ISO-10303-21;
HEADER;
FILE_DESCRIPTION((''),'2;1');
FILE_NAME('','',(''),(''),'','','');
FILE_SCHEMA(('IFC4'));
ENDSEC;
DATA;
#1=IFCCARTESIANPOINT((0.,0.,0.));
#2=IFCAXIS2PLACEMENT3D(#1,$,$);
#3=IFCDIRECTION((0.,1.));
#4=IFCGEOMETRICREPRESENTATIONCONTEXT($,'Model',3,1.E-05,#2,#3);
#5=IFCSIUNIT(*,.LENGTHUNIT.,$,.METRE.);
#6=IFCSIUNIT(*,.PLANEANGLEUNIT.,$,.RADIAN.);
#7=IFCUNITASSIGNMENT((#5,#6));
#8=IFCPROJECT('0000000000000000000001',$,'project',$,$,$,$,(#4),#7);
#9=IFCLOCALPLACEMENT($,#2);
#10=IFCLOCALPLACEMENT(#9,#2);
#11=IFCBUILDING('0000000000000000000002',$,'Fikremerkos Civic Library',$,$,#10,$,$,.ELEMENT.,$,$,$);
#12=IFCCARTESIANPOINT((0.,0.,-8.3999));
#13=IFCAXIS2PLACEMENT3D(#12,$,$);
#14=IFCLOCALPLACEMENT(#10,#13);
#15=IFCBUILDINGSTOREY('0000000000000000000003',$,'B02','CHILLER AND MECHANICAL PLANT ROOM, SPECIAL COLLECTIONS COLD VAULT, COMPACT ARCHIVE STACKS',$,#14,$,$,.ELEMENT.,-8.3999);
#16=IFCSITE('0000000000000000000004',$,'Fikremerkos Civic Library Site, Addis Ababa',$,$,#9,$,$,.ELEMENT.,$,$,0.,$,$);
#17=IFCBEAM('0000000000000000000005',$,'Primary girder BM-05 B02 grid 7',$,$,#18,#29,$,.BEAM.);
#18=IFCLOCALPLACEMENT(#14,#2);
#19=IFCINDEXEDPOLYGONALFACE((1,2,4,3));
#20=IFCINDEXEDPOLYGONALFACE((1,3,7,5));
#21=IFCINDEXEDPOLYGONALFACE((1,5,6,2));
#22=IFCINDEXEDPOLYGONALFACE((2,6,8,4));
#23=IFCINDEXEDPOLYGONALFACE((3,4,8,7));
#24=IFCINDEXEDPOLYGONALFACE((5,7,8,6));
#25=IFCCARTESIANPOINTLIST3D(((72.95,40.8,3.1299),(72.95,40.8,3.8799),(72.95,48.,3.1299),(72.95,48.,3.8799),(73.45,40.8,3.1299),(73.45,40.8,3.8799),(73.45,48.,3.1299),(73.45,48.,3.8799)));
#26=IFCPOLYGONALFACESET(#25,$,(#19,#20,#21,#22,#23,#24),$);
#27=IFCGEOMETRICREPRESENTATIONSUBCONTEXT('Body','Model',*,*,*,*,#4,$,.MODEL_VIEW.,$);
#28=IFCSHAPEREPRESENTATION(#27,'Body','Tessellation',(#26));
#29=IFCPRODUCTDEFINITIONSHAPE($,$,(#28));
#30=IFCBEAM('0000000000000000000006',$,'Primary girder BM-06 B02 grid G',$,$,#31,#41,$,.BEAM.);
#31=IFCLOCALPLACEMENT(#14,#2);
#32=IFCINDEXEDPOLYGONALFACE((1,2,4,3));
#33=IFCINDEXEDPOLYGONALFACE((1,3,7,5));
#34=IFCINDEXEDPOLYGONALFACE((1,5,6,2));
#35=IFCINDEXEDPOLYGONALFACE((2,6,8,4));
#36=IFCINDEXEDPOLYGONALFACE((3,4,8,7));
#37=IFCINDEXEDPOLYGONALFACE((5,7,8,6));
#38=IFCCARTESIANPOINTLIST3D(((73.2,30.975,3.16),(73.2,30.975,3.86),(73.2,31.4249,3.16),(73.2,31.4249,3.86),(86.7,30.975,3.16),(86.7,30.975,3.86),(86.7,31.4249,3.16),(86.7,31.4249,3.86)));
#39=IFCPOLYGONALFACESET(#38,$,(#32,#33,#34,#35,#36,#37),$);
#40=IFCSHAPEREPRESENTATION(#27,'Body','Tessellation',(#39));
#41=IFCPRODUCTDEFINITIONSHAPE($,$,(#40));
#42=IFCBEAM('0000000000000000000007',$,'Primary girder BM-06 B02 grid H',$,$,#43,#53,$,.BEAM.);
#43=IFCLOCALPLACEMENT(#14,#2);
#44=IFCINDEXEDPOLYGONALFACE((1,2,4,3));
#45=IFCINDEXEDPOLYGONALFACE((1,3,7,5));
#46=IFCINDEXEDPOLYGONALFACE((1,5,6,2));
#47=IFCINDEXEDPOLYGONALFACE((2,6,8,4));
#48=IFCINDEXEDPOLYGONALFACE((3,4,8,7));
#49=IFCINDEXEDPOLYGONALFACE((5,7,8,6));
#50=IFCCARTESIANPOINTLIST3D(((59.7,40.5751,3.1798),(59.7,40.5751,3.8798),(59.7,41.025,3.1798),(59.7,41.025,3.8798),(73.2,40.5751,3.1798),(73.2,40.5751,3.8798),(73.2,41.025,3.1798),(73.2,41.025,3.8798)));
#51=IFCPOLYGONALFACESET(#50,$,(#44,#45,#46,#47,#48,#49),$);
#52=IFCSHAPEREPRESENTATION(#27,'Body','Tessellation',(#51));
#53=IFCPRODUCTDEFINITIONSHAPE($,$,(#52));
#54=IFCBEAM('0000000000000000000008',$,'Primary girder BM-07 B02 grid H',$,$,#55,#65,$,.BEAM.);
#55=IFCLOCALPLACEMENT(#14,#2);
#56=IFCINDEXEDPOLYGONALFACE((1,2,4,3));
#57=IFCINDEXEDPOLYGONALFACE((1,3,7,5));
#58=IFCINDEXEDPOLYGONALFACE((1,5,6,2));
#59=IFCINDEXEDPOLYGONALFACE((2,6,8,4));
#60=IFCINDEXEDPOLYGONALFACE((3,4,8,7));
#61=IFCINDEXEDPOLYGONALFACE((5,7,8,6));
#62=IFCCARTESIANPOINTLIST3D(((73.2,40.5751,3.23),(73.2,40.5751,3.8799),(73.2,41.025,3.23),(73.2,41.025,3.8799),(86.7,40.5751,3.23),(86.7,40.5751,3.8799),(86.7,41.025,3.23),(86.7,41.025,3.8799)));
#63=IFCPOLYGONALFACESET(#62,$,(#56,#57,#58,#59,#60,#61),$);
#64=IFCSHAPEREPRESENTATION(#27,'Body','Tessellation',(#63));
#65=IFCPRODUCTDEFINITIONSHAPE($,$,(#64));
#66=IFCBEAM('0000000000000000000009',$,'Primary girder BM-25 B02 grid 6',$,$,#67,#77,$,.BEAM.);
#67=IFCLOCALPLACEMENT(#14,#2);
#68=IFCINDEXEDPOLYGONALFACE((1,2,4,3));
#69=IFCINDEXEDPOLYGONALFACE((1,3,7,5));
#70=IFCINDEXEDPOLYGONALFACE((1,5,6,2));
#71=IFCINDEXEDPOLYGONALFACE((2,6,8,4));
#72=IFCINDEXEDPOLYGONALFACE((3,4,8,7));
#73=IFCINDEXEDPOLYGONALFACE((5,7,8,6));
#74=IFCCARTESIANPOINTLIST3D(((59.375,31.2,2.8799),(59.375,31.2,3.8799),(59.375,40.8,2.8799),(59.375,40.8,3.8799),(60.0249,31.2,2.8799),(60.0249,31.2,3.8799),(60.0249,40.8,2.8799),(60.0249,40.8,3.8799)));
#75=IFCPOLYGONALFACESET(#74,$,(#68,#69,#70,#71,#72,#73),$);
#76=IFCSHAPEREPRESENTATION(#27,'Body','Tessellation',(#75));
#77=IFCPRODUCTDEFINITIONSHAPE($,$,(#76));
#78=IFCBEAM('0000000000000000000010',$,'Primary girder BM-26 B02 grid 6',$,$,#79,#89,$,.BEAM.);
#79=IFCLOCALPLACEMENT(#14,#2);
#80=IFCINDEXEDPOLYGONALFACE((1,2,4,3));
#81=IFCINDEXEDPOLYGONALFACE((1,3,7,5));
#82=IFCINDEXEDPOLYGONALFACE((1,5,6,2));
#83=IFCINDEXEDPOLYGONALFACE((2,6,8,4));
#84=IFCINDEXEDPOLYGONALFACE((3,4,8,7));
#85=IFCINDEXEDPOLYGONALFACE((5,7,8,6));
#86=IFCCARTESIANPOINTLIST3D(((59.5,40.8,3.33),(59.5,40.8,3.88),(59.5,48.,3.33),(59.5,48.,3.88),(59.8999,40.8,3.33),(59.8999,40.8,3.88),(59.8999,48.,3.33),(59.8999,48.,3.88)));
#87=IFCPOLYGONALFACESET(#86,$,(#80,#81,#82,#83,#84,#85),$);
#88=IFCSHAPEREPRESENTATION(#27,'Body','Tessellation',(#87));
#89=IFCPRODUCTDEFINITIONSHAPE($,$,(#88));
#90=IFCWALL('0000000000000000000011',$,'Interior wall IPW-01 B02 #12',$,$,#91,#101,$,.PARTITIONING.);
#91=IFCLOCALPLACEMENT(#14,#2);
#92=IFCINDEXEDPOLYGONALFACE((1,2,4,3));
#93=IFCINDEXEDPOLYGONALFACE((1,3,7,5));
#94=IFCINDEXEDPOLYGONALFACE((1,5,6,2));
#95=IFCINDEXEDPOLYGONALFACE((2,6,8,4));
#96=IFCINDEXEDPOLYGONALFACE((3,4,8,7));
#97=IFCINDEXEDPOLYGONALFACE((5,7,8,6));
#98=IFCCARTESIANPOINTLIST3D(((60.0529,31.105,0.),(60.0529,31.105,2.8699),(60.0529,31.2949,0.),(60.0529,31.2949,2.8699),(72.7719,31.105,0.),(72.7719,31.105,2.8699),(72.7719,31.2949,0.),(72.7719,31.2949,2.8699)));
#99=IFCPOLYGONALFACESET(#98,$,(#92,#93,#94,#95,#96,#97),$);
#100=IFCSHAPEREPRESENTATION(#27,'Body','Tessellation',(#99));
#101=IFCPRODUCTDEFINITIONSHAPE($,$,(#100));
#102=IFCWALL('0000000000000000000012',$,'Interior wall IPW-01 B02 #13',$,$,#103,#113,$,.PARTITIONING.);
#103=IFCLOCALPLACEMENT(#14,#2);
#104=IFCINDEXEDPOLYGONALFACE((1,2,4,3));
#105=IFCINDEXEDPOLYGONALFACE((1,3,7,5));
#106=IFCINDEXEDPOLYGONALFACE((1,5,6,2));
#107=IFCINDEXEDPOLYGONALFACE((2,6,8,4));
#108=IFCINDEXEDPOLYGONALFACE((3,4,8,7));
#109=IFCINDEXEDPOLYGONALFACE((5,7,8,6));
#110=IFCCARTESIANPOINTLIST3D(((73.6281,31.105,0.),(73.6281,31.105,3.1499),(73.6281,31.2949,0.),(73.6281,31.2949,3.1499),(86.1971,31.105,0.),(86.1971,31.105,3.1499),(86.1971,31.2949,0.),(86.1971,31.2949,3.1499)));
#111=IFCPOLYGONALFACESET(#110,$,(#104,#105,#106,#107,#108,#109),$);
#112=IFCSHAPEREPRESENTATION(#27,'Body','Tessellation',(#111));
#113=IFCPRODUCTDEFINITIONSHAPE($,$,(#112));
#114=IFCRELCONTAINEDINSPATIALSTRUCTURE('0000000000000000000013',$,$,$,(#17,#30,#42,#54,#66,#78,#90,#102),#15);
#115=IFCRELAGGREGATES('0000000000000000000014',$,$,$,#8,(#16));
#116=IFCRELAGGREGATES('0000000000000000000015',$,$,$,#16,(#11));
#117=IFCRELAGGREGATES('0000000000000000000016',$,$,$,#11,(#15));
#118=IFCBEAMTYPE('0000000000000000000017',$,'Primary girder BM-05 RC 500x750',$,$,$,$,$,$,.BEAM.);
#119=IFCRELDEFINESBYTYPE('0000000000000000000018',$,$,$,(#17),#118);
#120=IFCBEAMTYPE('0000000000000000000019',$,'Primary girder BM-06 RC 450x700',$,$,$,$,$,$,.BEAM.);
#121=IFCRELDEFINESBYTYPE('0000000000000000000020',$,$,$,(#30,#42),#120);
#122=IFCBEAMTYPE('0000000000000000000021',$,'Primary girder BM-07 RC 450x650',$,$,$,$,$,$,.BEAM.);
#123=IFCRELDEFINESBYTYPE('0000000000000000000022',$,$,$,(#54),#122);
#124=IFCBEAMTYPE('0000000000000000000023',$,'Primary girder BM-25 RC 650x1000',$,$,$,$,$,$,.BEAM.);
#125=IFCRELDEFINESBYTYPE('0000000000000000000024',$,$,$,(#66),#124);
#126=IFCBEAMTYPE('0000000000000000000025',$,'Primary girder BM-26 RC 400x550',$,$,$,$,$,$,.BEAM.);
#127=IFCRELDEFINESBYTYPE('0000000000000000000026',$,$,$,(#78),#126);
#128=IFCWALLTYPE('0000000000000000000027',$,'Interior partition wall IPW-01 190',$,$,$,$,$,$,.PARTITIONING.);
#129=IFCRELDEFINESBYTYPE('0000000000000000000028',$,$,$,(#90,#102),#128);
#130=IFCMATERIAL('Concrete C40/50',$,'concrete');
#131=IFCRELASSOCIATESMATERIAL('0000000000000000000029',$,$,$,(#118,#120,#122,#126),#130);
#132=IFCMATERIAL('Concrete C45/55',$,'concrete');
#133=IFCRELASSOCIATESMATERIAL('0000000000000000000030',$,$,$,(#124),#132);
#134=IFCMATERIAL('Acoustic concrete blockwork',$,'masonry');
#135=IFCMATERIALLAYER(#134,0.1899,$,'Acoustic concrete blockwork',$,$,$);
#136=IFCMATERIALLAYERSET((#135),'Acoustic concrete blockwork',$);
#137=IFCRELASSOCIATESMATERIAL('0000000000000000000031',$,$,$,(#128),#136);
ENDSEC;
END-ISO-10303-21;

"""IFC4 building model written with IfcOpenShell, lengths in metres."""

from ifc_helpers import new_model, si_unit, direction, frame, frame_2d, origin, origin_2d, place, context, subcontext, project, spatial, rectangle, extrude, material, layer, layer_set, material_profile, profile_set, type_object, element, save


model = new_model("IFC4")

# Units and contexts
model_context = context("Model", 3, precision=1e-05, world=origin(), true_north=direction((0.0, 1.0)))
body_context = subcontext(model_context, "Body", "Model", "MODEL_VIEW")
ifc_project = project(units=[si_unit("LENGTHUNIT", "METRE"), si_unit("PLANEANGLEUNIT", "RADIAN")], contexts=[model_context])

# Site, building, storey
site_placement = place(None, origin())
site = spatial("IfcSite", under=ifc_project, at=site_placement, Name="Fikremerkos Civic Library Site, Addis Ababa", CompositionType="ELEMENT", RefElevation=0.0)
building_placement = place(site_placement, origin())
building = spatial("IfcBuilding", under=site, at=building_placement, Name="Fikremerkos Civic Library", CompositionType="ELEMENT")
storey_placement = place(building_placement, frame((0.0, 0.0, -8.3999)))
storey = spatial("IfcBuildingStorey", under=building, at=storey_placement, Name="B02", Description="CHILLER AND MECHANICAL PLANT ROOM, SPECIAL COLLECTIONS COLD VAULT, COMPACT ARCHIVE STACKS", CompositionType="ELEMENT", Elevation=-8.3999)

# Shared definitions
ifc_material_1 = material(Name="Concrete C40/50", Category="concrete")

# Beams
ifc_material_profile_1 = material_profile(ifc_material_1, rectangle(XDim=0.5, YDim=0.75, at=origin_2d()), Name="RC 500x750")
ifc_profile_set_1 = profile_set([ifc_material_profile_1], Name="Concrete C40/50")
beam_type_1 = type_object("IfcBeamType", Name="Primary girder BM-05 RC 500x750", PredefinedType="BEAM", material=ifc_profile_set_1)
beam_1_placement = place(storey_placement, frame((73.2, 40.8, 3.5049), z_axis=(0.0, 1.0, 0.0), x_axis=(-1.0, 0.0, 0.0)))
element("IfcBeam", 1, at=beam_1_placement, inside=storey, type_object=beam_type_1, Name="Primary girder BM-05 B02 grid 7", PredefinedType="BEAM", context=body_context, shape_type="SweptSolid", body=[
    extrude(rectangle(XDim=0.5, YDim=0.75, at=origin_2d()), origin(), (0.0, 0.0, 1.0), 7.2),
])
ifc_material_profile_2 = material_profile(ifc_material_1, rectangle(XDim=0.45, YDim=0.7, at=origin_2d()), Name="RC 450x700")
ifc_profile_set_2 = profile_set([ifc_material_profile_2], Name="Concrete C40/50")
beam_type_2 = type_object("IfcBeamType", Name="Primary girder BM-06 RC 450x700", PredefinedType="BEAM", material=ifc_profile_set_2)
for number, where, z_axis, x_axis, name in (
    (2, (73.2, 31.2, 3.51), (1.0, 0.0, 0.0), (0.0, 1.0, 0.0), "Primary girder BM-06 B02 grid G"),
    (3, (59.7, 40.8, 3.5298), (1.0, 0.0, 0.0), (0.0, 1.0, 0.0), "Primary girder BM-06 B02 grid H"),
):
    element("IfcBeam", number, at=place(storey_placement, frame(where, z_axis=z_axis, x_axis=x_axis)), inside=storey, type_object=beam_type_2, Name=name, PredefinedType="BEAM", context=body_context, shape_type="SweptSolid", body=[
        extrude(rectangle(XDim=0.45, YDim=0.7, at=origin_2d()), origin(), (0.0, 0.0, 1.0), 13.5),
    ])
ifc_material_profile_3 = material_profile(ifc_material_1, rectangle(XDim=0.45, YDim=0.6499, at=origin_2d()), Name="RC 450x650")
ifc_profile_set_3 = profile_set([ifc_material_profile_3], Name="Concrete C40/50")
beam_type_3 = type_object("IfcBeamType", Name="Primary girder BM-07 RC 450x650", PredefinedType="BEAM", material=ifc_profile_set_3)
beam_2_placement = place(storey_placement, frame((73.2, 40.8, 3.5549), z_axis=(1.0, 0.0, 0.0), x_axis=(0.0, 1.0, 0.0)))
element("IfcBeam", 4, at=beam_2_placement, inside=storey, type_object=beam_type_3, Name="Primary girder BM-07 B02 grid H", PredefinedType="BEAM", context=body_context, shape_type="SweptSolid", body=[
    extrude(rectangle(XDim=0.45, YDim=0.6499, at=origin_2d()), origin(), (0.0, 0.0, 1.0), 13.5),
])
ifc_material_2 = material(Name="Concrete C45/55", Category="concrete")
ifc_material_profile_4 = material_profile(ifc_material_2, rectangle(XDim=0.6499, YDim=1.0, at=origin_2d()), Name="RC 650x1000")
ifc_profile_set_4 = profile_set([ifc_material_profile_4], Name="Concrete C45/55")
beam_type_4 = type_object("IfcBeamType", Name="Primary girder BM-25 RC 650x1000", PredefinedType="BEAM", material=ifc_profile_set_4)
beam_3_placement = place(storey_placement, frame((59.7, 31.2, 3.3799), z_axis=(0.0, 1.0, 0.0), x_axis=(-1.0, 0.0, 0.0)))
element("IfcBeam", 5, at=beam_3_placement, inside=storey, type_object=beam_type_4, Name="Primary girder BM-25 B02 grid 6", PredefinedType="BEAM", context=body_context, shape_type="SweptSolid", body=[
    extrude(rectangle(XDim=0.6499, YDim=1.0, at=origin_2d()), origin(), (0.0, 0.0, 1.0), 9.6001),
])
ifc_material_profile_5 = material_profile(ifc_material_1, rectangle(XDim=0.3999, YDim=0.55, at=origin_2d()), Name="RC 400x550")
ifc_profile_set_5 = profile_set([ifc_material_profile_5], Name="Concrete C40/50")
beam_type_5 = type_object("IfcBeamType", Name="Primary girder BM-26 RC 400x550", PredefinedType="BEAM", material=ifc_profile_set_5)
beam_4_placement = place(storey_placement, frame((59.7, 40.8, 3.605), z_axis=(0.0, 1.0, 0.0), x_axis=(-1.0, 0.0, 0.0)))
element("IfcBeam", 6, at=beam_4_placement, inside=storey, type_object=beam_type_5, Name="Primary girder BM-26 B02 grid 6", PredefinedType="BEAM", context=body_context, shape_type="SweptSolid", body=[
    extrude(rectangle(XDim=0.3999, YDim=0.55, at=origin_2d()), origin(), (0.0, 0.0, 1.0), 7.2),
])

# Walls
ifc_material_3 = material(Name="Acoustic concrete blockwork", Category="masonry")
ifc_layer = layer(ifc_material_3, 0.1899, Name="Acoustic concrete blockwork")
ifc_layer_set = layer_set([ifc_layer], Name="Acoustic concrete blockwork")
wall_type = type_object("IfcWallType", Name="Interior partition wall IPW-01 190", PredefinedType="PARTITIONING", material=ifc_layer_set)
wall_1_placement = place(storey_placement, frame((60.053, 31.2, 0.0), z_axis=(0.0, 0.0, 1.0), x_axis=(1.0, 0.0, 0.0)))
element("IfcWall", 7, at=wall_1_placement, inside=storey, type_object=wall_type, Name="Interior wall IPW-01 B02 #12", PredefinedType="PARTITIONING", context=body_context, shape_type="SweptSolid", body=[
    extrude(rectangle(XDim=12.719, YDim=0.1899, at=frame_2d((6.3594, 0.0))), origin(), (0.0, 0.0, 1.0), 2.8699),
])
wall_2_placement = place(storey_placement, frame((73.6279, 31.2, 0.0), z_axis=(0.0, 0.0, 1.0), x_axis=(1.0, 0.0, 0.0)))
element("IfcWall", 8, at=wall_2_placement, inside=storey, type_object=wall_type, Name="Interior wall IPW-01 B02 #13", PredefinedType="PARTITIONING", context=body_context, shape_type="SweptSolid", body=[
    extrude(rectangle(XDim=12.5691, YDim=0.1899, at=frame_2d((6.2847, 0.0))), origin(), (0.0, 0.0, 1.0), 3.1499),
])

save(model, "model.ifc")
